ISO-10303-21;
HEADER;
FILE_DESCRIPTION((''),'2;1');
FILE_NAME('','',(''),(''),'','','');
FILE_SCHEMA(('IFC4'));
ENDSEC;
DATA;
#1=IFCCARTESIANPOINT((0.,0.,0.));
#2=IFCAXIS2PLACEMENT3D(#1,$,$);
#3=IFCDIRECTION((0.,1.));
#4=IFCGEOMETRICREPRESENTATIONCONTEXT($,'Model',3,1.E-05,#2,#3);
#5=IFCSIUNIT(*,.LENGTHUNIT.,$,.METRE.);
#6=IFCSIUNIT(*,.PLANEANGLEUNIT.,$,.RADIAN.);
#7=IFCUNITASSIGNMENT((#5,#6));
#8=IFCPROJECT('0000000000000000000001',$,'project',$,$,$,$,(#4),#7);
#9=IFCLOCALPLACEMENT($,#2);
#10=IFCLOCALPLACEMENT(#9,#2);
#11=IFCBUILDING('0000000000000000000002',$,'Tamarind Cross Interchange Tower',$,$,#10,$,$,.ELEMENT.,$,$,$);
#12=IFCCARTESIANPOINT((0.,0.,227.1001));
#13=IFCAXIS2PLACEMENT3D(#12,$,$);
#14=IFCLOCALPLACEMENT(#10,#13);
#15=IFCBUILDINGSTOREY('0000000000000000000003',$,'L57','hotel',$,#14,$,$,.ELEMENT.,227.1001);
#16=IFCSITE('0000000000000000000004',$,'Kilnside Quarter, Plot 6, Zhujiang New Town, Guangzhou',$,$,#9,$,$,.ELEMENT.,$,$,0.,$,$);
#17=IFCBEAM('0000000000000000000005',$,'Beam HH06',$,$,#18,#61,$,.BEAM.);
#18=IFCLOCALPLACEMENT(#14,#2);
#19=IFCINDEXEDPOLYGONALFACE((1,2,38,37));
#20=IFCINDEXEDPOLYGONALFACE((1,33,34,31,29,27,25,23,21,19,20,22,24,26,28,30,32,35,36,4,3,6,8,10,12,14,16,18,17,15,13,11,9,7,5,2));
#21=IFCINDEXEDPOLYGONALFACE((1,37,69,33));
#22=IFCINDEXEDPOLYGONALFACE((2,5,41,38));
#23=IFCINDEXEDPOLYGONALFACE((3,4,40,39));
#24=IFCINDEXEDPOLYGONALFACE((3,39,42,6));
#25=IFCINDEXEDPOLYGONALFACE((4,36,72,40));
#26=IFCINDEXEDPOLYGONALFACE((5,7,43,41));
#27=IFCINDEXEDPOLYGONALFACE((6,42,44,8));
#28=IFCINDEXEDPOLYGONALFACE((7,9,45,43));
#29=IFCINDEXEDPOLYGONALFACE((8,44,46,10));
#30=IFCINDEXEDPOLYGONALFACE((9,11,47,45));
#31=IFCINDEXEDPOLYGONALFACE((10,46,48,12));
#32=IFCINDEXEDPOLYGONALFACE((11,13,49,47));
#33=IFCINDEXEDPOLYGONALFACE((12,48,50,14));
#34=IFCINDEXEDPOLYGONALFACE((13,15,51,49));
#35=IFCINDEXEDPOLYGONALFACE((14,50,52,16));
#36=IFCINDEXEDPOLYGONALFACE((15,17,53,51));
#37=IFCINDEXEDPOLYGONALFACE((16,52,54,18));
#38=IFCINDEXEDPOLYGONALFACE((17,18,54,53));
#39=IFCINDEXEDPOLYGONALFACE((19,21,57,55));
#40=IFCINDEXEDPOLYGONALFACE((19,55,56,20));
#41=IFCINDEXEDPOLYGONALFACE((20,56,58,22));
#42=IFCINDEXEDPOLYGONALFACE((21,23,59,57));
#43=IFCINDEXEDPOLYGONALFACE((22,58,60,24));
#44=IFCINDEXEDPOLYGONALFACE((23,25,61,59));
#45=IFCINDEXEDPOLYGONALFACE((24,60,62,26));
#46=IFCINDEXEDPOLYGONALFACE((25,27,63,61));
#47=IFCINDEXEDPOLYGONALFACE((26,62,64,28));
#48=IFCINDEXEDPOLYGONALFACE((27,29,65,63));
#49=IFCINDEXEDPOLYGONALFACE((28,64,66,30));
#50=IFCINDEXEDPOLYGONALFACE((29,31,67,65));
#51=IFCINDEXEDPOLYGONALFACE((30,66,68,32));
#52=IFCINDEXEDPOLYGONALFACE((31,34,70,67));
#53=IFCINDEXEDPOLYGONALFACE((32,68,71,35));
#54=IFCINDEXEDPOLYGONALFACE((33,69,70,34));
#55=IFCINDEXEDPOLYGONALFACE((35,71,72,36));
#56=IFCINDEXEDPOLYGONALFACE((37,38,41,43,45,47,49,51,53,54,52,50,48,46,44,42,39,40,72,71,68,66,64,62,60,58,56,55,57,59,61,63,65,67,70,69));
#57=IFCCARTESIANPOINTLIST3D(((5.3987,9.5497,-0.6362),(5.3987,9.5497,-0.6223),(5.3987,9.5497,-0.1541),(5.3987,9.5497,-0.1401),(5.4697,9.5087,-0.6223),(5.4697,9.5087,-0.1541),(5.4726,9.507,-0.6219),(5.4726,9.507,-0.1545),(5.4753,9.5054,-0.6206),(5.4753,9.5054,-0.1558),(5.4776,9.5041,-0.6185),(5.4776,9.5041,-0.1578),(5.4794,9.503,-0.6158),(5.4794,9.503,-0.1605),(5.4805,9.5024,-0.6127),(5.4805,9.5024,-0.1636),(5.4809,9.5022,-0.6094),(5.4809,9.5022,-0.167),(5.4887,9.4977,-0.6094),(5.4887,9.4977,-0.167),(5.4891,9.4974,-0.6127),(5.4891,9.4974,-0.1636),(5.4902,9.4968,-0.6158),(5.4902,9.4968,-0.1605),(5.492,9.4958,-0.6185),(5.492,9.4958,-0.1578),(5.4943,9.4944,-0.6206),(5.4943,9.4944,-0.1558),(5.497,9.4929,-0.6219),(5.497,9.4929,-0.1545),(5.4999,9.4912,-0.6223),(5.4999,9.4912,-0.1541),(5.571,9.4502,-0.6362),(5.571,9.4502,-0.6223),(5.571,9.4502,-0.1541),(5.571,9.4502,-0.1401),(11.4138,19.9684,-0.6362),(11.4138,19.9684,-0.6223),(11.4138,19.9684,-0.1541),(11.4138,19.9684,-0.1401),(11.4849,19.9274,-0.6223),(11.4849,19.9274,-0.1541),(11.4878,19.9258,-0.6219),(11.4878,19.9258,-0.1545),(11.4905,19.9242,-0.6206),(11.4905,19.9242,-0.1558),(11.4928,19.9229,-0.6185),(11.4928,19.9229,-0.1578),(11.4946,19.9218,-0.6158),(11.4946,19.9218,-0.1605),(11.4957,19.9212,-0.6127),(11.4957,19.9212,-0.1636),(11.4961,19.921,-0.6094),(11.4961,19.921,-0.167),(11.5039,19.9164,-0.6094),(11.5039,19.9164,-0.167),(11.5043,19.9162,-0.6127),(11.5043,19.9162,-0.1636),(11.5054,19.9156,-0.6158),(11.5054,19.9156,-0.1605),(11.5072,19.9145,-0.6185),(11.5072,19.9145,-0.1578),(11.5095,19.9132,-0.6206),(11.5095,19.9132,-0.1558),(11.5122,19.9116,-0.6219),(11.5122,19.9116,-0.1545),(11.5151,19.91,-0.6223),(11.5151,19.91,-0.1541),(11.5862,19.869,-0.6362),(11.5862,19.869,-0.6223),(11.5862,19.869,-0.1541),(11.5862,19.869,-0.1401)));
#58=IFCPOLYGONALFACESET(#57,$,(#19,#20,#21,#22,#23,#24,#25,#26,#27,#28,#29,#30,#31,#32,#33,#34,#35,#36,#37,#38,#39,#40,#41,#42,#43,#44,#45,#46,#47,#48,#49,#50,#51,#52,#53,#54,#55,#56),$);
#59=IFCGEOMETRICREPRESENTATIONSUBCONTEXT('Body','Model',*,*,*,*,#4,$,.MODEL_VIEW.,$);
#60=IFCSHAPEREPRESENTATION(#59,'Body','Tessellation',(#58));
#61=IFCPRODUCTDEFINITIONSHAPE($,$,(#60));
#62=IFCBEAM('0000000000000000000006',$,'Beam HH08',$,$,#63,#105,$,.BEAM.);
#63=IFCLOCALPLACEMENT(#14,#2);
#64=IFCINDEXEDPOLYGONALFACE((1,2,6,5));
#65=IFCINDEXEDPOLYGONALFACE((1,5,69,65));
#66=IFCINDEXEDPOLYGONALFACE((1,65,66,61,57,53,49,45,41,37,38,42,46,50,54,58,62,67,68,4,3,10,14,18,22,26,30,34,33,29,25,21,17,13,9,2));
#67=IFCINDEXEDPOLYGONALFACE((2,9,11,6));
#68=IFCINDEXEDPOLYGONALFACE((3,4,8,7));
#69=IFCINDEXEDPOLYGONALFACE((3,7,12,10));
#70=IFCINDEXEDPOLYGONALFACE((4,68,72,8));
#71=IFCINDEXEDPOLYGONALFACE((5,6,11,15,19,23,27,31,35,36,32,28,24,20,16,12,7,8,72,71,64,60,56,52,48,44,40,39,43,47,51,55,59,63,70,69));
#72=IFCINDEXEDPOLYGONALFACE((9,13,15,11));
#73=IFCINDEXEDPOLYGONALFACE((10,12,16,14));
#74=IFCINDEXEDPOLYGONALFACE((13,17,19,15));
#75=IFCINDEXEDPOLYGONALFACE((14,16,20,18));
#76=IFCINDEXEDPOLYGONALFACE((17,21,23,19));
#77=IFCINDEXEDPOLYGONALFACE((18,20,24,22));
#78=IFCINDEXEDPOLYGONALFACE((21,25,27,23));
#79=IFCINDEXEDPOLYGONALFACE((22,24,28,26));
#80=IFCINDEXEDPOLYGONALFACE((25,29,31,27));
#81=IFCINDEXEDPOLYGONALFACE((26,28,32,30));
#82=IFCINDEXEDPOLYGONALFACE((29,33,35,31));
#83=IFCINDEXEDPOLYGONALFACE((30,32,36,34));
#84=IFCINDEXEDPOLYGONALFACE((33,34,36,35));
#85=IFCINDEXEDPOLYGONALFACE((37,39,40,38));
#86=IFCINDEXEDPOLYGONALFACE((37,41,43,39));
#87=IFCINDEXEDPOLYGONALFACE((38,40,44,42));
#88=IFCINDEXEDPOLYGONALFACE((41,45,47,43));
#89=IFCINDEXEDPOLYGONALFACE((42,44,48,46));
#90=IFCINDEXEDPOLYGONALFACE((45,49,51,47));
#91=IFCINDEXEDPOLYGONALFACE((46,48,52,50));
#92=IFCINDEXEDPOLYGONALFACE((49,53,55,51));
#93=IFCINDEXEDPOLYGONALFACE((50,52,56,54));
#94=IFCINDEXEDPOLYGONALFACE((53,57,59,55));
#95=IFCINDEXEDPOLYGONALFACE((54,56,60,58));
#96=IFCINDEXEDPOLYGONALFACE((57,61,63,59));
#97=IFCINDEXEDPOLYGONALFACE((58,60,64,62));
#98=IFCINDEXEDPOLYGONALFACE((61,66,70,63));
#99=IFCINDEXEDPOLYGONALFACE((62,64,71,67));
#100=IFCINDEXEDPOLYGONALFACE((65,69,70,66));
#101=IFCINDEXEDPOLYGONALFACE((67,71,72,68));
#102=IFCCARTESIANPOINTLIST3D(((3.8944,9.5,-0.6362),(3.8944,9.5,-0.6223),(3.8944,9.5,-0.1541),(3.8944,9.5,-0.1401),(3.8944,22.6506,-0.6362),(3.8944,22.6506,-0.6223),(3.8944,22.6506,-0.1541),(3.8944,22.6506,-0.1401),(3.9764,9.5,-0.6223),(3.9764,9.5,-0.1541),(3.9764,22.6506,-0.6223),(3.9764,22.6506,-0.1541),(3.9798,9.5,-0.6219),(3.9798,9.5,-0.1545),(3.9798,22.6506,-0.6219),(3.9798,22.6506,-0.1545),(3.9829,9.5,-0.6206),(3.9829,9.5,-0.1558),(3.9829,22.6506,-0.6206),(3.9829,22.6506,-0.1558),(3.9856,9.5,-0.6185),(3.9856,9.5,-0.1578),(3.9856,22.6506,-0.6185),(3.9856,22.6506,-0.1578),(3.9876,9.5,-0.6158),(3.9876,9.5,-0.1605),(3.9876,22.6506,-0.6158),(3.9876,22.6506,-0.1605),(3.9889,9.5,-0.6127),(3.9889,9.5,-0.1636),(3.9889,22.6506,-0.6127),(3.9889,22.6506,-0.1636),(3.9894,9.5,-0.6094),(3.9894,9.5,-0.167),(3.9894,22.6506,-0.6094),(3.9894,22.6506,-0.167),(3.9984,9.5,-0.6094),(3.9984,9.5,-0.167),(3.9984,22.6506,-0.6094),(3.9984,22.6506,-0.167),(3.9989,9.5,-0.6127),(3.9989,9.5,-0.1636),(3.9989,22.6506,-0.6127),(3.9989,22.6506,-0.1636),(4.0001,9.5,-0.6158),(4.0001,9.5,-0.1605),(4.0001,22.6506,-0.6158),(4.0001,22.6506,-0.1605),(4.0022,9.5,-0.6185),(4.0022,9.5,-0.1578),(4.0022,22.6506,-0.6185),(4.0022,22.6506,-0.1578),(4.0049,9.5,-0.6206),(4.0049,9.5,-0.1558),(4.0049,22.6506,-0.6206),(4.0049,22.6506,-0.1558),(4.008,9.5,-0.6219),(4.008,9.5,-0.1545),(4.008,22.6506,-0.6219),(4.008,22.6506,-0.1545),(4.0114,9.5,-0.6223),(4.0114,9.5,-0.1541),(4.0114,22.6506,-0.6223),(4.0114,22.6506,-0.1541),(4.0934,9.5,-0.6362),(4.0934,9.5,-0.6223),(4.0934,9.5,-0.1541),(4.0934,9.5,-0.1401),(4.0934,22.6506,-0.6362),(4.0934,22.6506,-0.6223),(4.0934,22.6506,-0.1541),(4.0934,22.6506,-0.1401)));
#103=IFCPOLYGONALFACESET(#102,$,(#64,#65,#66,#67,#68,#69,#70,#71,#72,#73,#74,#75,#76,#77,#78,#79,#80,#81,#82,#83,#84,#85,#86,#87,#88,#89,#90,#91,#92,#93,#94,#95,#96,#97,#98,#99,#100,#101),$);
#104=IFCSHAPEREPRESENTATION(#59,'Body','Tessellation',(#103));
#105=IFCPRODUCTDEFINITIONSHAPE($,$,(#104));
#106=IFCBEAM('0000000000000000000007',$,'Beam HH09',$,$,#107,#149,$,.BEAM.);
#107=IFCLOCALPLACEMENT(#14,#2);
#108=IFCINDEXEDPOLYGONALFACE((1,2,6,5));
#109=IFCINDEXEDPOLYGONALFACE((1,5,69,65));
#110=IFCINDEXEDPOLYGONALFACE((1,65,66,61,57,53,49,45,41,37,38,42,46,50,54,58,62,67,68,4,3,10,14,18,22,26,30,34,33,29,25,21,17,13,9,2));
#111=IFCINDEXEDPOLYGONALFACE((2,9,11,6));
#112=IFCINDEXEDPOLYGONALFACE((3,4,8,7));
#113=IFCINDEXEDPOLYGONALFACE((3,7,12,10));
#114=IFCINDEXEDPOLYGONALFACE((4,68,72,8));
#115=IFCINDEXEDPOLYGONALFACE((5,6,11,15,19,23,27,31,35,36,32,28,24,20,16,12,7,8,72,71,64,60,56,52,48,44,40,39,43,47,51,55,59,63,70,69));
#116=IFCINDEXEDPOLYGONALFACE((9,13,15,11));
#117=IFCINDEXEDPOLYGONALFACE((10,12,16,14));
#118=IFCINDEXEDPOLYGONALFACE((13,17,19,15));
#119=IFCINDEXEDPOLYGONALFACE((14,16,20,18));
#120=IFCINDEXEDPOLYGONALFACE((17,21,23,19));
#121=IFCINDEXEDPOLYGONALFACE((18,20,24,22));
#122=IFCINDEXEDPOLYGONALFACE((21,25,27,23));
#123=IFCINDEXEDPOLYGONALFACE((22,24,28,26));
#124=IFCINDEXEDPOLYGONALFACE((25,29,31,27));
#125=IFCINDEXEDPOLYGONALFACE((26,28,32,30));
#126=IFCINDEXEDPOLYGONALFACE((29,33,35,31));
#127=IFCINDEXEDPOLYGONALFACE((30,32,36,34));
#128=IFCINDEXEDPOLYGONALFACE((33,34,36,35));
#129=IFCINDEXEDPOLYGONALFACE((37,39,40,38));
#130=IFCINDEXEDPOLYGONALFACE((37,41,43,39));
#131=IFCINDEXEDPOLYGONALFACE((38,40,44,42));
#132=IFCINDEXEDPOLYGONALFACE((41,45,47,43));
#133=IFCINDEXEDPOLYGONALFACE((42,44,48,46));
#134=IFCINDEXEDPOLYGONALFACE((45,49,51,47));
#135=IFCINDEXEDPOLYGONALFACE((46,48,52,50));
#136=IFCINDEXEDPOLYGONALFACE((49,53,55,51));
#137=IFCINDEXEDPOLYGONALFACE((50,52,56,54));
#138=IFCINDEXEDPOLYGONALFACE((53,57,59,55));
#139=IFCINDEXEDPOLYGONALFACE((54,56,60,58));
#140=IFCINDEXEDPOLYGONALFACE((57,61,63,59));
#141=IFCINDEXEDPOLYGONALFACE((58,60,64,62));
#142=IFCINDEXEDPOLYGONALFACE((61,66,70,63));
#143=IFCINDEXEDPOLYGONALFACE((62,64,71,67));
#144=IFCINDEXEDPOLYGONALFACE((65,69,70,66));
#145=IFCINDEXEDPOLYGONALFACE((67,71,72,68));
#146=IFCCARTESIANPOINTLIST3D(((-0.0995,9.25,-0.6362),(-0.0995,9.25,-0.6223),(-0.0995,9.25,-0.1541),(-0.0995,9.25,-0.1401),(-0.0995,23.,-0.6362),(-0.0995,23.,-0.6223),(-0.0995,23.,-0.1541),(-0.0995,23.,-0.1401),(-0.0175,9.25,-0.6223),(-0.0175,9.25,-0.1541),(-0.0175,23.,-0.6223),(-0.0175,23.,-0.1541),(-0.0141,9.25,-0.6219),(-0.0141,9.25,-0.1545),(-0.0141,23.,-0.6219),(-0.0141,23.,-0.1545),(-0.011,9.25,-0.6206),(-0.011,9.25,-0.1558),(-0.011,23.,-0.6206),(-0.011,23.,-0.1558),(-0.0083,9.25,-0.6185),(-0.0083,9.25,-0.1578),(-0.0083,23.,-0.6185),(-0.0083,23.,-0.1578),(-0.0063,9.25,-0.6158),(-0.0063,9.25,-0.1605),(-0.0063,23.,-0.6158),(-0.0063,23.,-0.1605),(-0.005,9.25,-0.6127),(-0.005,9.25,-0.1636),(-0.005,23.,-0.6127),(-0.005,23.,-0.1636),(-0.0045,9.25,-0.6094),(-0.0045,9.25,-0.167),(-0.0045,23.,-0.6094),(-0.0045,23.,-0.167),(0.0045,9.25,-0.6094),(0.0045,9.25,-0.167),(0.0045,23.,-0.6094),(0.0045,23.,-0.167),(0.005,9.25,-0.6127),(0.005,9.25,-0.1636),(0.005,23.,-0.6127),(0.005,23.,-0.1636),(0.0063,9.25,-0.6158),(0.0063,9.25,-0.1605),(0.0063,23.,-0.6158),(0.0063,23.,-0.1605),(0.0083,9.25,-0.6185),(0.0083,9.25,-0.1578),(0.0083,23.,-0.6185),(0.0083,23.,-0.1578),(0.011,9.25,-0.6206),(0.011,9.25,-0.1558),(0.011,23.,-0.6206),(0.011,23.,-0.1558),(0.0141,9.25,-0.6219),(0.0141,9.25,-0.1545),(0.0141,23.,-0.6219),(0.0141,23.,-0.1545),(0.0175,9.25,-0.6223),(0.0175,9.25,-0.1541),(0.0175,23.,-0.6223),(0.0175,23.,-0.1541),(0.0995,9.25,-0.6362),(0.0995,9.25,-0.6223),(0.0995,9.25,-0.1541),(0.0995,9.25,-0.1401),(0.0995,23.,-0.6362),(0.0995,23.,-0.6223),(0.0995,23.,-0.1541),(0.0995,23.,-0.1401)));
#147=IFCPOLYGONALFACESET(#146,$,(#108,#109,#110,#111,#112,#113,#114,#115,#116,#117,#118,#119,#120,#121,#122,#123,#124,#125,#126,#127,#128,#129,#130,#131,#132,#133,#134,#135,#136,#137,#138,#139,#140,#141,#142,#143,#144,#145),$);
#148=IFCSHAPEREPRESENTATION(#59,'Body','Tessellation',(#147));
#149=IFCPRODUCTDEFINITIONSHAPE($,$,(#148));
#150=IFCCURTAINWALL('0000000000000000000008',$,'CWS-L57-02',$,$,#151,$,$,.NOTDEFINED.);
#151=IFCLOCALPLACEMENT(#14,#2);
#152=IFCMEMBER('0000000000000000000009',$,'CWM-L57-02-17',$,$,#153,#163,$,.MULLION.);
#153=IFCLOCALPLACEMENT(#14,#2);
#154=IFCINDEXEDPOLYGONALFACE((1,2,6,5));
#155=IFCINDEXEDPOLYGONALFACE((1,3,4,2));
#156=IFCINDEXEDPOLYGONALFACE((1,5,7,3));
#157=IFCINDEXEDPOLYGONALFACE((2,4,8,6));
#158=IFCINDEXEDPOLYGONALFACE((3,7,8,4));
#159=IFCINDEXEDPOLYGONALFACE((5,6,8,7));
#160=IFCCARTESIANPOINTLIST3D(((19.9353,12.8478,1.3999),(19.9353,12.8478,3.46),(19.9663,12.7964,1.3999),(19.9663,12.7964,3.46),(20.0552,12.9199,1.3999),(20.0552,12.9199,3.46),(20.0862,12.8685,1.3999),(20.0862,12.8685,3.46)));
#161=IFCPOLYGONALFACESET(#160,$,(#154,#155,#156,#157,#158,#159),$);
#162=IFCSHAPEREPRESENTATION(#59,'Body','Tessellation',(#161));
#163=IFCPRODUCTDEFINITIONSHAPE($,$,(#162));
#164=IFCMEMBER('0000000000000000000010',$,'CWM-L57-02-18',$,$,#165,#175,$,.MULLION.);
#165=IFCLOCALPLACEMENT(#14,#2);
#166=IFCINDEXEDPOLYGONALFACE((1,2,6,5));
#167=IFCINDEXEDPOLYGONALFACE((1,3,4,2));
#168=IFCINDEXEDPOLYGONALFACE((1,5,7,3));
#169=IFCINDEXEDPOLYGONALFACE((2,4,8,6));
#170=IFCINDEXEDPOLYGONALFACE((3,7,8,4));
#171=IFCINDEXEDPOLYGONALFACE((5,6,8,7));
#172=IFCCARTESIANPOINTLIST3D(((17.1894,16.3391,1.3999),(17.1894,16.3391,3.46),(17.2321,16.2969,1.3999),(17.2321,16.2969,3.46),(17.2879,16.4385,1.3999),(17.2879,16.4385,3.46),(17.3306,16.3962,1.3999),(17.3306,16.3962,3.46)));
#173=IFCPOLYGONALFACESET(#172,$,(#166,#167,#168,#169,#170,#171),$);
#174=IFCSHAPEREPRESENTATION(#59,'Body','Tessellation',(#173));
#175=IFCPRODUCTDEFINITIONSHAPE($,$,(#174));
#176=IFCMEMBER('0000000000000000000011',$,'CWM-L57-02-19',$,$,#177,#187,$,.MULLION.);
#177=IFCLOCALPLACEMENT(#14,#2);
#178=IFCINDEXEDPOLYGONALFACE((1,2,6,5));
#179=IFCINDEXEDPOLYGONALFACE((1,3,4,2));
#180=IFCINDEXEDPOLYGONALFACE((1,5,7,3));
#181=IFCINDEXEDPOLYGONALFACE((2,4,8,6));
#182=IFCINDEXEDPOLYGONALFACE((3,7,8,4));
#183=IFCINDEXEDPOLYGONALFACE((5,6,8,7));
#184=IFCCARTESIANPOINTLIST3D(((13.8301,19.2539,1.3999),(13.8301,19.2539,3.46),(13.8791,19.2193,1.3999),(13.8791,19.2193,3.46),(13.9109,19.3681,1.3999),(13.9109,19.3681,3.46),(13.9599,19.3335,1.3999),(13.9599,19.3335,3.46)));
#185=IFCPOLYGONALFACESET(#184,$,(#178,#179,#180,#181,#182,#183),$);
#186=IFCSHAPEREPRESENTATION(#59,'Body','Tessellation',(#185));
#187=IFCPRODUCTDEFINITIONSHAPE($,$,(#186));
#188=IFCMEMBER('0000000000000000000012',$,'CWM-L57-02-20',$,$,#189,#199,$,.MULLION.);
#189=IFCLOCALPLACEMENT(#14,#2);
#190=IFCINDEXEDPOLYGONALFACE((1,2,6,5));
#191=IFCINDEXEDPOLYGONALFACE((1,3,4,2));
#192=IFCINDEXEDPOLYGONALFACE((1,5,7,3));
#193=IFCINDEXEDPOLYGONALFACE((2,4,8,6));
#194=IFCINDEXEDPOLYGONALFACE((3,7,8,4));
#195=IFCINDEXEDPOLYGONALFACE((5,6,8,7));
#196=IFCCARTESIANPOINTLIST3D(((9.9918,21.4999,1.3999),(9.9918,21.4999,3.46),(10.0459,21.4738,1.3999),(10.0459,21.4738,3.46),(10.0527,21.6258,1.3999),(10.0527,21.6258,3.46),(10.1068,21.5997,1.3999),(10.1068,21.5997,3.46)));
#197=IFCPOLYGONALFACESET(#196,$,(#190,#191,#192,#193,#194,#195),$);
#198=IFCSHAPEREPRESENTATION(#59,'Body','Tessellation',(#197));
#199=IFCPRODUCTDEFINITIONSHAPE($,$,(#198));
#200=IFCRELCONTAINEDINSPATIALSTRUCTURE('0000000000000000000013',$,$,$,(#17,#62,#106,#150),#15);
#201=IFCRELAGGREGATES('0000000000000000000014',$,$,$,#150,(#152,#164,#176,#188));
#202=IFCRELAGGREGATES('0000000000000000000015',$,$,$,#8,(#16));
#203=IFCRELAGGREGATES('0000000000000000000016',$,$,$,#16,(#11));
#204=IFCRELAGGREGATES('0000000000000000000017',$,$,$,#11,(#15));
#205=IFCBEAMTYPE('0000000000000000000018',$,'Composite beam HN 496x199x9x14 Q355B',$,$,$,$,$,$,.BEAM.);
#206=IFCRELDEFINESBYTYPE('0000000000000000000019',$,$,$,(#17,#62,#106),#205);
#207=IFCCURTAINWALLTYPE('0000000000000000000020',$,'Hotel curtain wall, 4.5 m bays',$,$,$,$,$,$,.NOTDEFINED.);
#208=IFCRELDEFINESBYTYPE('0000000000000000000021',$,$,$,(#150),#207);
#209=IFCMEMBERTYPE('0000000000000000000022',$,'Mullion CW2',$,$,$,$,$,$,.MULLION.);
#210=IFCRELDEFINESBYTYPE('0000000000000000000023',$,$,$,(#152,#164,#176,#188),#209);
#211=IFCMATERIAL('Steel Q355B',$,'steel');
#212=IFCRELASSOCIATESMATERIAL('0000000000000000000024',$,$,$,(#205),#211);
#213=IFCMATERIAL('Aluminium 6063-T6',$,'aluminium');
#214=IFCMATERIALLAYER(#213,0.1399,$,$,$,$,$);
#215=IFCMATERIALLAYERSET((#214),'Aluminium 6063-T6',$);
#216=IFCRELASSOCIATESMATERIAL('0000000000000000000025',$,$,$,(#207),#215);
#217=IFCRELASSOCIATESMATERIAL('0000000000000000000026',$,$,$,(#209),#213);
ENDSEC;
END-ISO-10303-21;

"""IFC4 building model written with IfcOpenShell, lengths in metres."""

from ifc_helpers import new_model, si_unit, direction, frame, origin, origin_2d, place, context, subcontext, project, spatial, rectangle, i_section, extrude, material, layer, layer_set, material_profile, profile_set, type_object, element, aggregate, save


model = new_model("IFC4")

# Units and contexts
model_context = context("Model", 3, precision=1e-05, world=origin(), true_north=direction((0.0, 1.0)))
body_context = subcontext(model_context, "Body", "Model", "MODEL_VIEW")
ifc_project = project(units=[si_unit("LENGTHUNIT", "METRE"), si_unit("PLANEANGLEUNIT", "RADIAN")], contexts=[model_context])

# Site, building, storey
site_placement = place(None, origin())
site = spatial("IfcSite", under=ifc_project, at=site_placement, Name="Kilnside Quarter, Plot 6, Zhujiang New Town, Guangzhou", CompositionType="ELEMENT", RefElevation=0.0)
building_placement = place(site_placement, origin())
building = spatial("IfcBuilding", under=site, at=building_placement, Name="Tamarind Cross Interchange Tower", CompositionType="ELEMENT")
storey_placement = place(building_placement, frame((0.0, 0.0, 227.1001)))
storey = spatial("IfcBuildingStorey", under=building, at=storey_placement, Name="L57", Description="hotel", CompositionType="ELEMENT", Elevation=227.1001)

# Beams
ifc_material_1 = material(Name="Steel Q355B", Category="steel")
ifc_material_profile_1 = material_profile(ifc_material_1, i_section(OverallWidth=0.199, OverallDepth=0.4961, WebThickness=0.009, FlangeThickness=0.0139, FilletRadius=0.0129, at=origin_2d()), Name="HN 496x199x9x14")
ifc_profile_set_1 = profile_set([ifc_material_profile_1], Name="Steel Q355B")
beam_type = type_object("IfcBeamType", Name="Composite beam HN 496x199x9x14 Q355B", PredefinedType="BEAM", material=ifc_profile_set_1)
beam_1_placement = place(storey_placement, frame((11.5, 19.9187, -0.3882), z_axis=(-0.499994, -0.866029, 0.0), x_axis=(0.866029, -0.499994, 0.0)))
element("IfcBeam", 1, at=beam_1_placement, inside=storey, type_object=beam_type, Name="Beam HH06", PredefinedType="BEAM", context=body_context, shape_type="SweptSolid", body=[
    extrude(i_section(OverallWidth=0.199, OverallDepth=0.4961, WebThickness=0.009, FlangeThickness=0.0139, FilletRadius=0.0129, at=origin_2d()), origin(), (0.0, 0.0, 1.0), 12.0305),
])
beam_2_placement = place(storey_placement, frame((3.9939, 22.6506, -0.3882), z_axis=(0.0, -1.0, 0.0), x_axis=(1.0, 0.0, 0.0)))
element("IfcBeam", 2, at=beam_2_placement, inside=storey, type_object=beam_type, Name="Beam HH08", PredefinedType="BEAM", context=body_context, shape_type="SweptSolid", body=[
    extrude(i_section(OverallWidth=0.199, OverallDepth=0.4961, WebThickness=0.009, FlangeThickness=0.0139, FilletRadius=0.0129, at=origin_2d()), origin(), (0.0, 0.0, 1.0), 13.1506),
])
beam_3_placement = place(storey_placement, frame((0.0, 23.0, -0.3882), z_axis=(0.0, -1.0, 0.0), x_axis=(1.0, 0.0, 0.0)))
element("IfcBeam", 3, at=beam_3_placement, inside=storey, type_object=beam_type, Name="Beam HH09", PredefinedType="BEAM", context=body_context, shape_type="SweptSolid", body=[
    extrude(i_section(OverallWidth=0.199, OverallDepth=0.4961, WebThickness=0.009, FlangeThickness=0.0139, FilletRadius=0.0129, at=origin_2d()), origin(), (0.0, 0.0, 1.0), 13.75),
])

# Curtain wall, members
ifc_material_2 = material(Name="Aluminium 6063-T6", Category="aluminium")
ifc_layer_1 = layer(ifc_material_2, 0.1399)
ifc_layer_set_1 = layer_set([ifc_layer_1], Name="Aluminium 6063-T6")
curtain_wall_type = type_object("IfcCurtainWallType", Name="Hotel curtain wall, 4.5 m bays", PredefinedType="NOTDEFINED", material=ifc_layer_set_1)
curtain_wall_1_placement = place(storey_placement, origin())
curtain_wall_1 = element("IfcCurtainWall", 4, at=curtain_wall_1_placement, inside=storey, type_object=curtain_wall_type, Name="CWS-L57-02", PredefinedType="NOTDEFINED")
ifc_material_profile_2 = material_profile(ifc_material_2, rectangle(XDim=0.0601, YDim=0.1399, at=origin_2d()), Name="Mullion CW2")
ifc_profile_set_2 = profile_set([ifc_material_profile_2], Name="Aluminium 6063-T6")
member_type = type_object("IfcMemberType", Name="Mullion CW2", PredefinedType="MULLION", material=ifc_profile_set_2)
member_1_placement = place(storey_placement, frame((20.0107, 12.8582, 1.3999), z_axis=(0.0, 0.0, 1.0), x_axis=(-0.515577, 0.856843, 0.0)))
member_1 = element("IfcMember", 5, at=member_1_placement, type_object=member_type, Name="CWM-L57-02-17", PredefinedType="MULLION", context=body_context, shape_type="SweptSolid", body=[
    extrude(rectangle(XDim=0.0601, YDim=0.1399, at=origin_2d()), origin(), (0.0, 0.0, 1.0), 2.0601),
])
member_2_placement = place(storey_placement, frame((17.26, 16.3677, 1.3999), z_axis=(0.0, 0.0, 1.0), x_axis=(-0.710143, 0.704057, 0.0)))
member_2 = element("IfcMember", 6, at=member_2_placement, type_object=member_type, Name="CWM-L57-02-18", PredefinedType="MULLION", context=body_context, shape_type="SweptSolid", body=[
    extrude(rectangle(XDim=0.0601, YDim=0.1399, at=origin_2d()), origin(), (0.0, 0.0, 1.0), 2.0601),
])
member_3_placement = place(storey_placement, frame((13.895, 19.2937, 1.3999), z_axis=(0.0, 0.0, 1.0), x_axis=(-0.816342, 0.577569, 0.0)))
member_3 = element("IfcMember", 7, at=member_3_placement, type_object=member_type, Name="CWM-L57-02-19", PredefinedType="MULLION", context=body_context, shape_type="SweptSolid", body=[
    extrude(rectangle(XDim=0.0601, YDim=0.1399, at=origin_2d()), origin(), (0.0, 0.0, 1.0), 2.0601),
])
member_4_placement = place(storey_placement, frame((10.0493, 21.5498, 1.3999), z_axis=(0.0, 0.0, 1.0), x_axis=(-0.900273, 0.435326, 0.0)))
member_4 = element("IfcMember", 8, at=member_4_placement, type_object=member_type, Name="CWM-L57-02-20", PredefinedType="MULLION", context=body_context, shape_type="SweptSolid", body=[
    extrude(rectangle(XDim=0.0601, YDim=0.1399, at=origin_2d()), origin(), (0.0, 0.0, 1.0), 2.0601),
])
aggregate(curtain_wall_1, [member_1, member_2, member_3, member_4])

save(model, "model.ifc")
